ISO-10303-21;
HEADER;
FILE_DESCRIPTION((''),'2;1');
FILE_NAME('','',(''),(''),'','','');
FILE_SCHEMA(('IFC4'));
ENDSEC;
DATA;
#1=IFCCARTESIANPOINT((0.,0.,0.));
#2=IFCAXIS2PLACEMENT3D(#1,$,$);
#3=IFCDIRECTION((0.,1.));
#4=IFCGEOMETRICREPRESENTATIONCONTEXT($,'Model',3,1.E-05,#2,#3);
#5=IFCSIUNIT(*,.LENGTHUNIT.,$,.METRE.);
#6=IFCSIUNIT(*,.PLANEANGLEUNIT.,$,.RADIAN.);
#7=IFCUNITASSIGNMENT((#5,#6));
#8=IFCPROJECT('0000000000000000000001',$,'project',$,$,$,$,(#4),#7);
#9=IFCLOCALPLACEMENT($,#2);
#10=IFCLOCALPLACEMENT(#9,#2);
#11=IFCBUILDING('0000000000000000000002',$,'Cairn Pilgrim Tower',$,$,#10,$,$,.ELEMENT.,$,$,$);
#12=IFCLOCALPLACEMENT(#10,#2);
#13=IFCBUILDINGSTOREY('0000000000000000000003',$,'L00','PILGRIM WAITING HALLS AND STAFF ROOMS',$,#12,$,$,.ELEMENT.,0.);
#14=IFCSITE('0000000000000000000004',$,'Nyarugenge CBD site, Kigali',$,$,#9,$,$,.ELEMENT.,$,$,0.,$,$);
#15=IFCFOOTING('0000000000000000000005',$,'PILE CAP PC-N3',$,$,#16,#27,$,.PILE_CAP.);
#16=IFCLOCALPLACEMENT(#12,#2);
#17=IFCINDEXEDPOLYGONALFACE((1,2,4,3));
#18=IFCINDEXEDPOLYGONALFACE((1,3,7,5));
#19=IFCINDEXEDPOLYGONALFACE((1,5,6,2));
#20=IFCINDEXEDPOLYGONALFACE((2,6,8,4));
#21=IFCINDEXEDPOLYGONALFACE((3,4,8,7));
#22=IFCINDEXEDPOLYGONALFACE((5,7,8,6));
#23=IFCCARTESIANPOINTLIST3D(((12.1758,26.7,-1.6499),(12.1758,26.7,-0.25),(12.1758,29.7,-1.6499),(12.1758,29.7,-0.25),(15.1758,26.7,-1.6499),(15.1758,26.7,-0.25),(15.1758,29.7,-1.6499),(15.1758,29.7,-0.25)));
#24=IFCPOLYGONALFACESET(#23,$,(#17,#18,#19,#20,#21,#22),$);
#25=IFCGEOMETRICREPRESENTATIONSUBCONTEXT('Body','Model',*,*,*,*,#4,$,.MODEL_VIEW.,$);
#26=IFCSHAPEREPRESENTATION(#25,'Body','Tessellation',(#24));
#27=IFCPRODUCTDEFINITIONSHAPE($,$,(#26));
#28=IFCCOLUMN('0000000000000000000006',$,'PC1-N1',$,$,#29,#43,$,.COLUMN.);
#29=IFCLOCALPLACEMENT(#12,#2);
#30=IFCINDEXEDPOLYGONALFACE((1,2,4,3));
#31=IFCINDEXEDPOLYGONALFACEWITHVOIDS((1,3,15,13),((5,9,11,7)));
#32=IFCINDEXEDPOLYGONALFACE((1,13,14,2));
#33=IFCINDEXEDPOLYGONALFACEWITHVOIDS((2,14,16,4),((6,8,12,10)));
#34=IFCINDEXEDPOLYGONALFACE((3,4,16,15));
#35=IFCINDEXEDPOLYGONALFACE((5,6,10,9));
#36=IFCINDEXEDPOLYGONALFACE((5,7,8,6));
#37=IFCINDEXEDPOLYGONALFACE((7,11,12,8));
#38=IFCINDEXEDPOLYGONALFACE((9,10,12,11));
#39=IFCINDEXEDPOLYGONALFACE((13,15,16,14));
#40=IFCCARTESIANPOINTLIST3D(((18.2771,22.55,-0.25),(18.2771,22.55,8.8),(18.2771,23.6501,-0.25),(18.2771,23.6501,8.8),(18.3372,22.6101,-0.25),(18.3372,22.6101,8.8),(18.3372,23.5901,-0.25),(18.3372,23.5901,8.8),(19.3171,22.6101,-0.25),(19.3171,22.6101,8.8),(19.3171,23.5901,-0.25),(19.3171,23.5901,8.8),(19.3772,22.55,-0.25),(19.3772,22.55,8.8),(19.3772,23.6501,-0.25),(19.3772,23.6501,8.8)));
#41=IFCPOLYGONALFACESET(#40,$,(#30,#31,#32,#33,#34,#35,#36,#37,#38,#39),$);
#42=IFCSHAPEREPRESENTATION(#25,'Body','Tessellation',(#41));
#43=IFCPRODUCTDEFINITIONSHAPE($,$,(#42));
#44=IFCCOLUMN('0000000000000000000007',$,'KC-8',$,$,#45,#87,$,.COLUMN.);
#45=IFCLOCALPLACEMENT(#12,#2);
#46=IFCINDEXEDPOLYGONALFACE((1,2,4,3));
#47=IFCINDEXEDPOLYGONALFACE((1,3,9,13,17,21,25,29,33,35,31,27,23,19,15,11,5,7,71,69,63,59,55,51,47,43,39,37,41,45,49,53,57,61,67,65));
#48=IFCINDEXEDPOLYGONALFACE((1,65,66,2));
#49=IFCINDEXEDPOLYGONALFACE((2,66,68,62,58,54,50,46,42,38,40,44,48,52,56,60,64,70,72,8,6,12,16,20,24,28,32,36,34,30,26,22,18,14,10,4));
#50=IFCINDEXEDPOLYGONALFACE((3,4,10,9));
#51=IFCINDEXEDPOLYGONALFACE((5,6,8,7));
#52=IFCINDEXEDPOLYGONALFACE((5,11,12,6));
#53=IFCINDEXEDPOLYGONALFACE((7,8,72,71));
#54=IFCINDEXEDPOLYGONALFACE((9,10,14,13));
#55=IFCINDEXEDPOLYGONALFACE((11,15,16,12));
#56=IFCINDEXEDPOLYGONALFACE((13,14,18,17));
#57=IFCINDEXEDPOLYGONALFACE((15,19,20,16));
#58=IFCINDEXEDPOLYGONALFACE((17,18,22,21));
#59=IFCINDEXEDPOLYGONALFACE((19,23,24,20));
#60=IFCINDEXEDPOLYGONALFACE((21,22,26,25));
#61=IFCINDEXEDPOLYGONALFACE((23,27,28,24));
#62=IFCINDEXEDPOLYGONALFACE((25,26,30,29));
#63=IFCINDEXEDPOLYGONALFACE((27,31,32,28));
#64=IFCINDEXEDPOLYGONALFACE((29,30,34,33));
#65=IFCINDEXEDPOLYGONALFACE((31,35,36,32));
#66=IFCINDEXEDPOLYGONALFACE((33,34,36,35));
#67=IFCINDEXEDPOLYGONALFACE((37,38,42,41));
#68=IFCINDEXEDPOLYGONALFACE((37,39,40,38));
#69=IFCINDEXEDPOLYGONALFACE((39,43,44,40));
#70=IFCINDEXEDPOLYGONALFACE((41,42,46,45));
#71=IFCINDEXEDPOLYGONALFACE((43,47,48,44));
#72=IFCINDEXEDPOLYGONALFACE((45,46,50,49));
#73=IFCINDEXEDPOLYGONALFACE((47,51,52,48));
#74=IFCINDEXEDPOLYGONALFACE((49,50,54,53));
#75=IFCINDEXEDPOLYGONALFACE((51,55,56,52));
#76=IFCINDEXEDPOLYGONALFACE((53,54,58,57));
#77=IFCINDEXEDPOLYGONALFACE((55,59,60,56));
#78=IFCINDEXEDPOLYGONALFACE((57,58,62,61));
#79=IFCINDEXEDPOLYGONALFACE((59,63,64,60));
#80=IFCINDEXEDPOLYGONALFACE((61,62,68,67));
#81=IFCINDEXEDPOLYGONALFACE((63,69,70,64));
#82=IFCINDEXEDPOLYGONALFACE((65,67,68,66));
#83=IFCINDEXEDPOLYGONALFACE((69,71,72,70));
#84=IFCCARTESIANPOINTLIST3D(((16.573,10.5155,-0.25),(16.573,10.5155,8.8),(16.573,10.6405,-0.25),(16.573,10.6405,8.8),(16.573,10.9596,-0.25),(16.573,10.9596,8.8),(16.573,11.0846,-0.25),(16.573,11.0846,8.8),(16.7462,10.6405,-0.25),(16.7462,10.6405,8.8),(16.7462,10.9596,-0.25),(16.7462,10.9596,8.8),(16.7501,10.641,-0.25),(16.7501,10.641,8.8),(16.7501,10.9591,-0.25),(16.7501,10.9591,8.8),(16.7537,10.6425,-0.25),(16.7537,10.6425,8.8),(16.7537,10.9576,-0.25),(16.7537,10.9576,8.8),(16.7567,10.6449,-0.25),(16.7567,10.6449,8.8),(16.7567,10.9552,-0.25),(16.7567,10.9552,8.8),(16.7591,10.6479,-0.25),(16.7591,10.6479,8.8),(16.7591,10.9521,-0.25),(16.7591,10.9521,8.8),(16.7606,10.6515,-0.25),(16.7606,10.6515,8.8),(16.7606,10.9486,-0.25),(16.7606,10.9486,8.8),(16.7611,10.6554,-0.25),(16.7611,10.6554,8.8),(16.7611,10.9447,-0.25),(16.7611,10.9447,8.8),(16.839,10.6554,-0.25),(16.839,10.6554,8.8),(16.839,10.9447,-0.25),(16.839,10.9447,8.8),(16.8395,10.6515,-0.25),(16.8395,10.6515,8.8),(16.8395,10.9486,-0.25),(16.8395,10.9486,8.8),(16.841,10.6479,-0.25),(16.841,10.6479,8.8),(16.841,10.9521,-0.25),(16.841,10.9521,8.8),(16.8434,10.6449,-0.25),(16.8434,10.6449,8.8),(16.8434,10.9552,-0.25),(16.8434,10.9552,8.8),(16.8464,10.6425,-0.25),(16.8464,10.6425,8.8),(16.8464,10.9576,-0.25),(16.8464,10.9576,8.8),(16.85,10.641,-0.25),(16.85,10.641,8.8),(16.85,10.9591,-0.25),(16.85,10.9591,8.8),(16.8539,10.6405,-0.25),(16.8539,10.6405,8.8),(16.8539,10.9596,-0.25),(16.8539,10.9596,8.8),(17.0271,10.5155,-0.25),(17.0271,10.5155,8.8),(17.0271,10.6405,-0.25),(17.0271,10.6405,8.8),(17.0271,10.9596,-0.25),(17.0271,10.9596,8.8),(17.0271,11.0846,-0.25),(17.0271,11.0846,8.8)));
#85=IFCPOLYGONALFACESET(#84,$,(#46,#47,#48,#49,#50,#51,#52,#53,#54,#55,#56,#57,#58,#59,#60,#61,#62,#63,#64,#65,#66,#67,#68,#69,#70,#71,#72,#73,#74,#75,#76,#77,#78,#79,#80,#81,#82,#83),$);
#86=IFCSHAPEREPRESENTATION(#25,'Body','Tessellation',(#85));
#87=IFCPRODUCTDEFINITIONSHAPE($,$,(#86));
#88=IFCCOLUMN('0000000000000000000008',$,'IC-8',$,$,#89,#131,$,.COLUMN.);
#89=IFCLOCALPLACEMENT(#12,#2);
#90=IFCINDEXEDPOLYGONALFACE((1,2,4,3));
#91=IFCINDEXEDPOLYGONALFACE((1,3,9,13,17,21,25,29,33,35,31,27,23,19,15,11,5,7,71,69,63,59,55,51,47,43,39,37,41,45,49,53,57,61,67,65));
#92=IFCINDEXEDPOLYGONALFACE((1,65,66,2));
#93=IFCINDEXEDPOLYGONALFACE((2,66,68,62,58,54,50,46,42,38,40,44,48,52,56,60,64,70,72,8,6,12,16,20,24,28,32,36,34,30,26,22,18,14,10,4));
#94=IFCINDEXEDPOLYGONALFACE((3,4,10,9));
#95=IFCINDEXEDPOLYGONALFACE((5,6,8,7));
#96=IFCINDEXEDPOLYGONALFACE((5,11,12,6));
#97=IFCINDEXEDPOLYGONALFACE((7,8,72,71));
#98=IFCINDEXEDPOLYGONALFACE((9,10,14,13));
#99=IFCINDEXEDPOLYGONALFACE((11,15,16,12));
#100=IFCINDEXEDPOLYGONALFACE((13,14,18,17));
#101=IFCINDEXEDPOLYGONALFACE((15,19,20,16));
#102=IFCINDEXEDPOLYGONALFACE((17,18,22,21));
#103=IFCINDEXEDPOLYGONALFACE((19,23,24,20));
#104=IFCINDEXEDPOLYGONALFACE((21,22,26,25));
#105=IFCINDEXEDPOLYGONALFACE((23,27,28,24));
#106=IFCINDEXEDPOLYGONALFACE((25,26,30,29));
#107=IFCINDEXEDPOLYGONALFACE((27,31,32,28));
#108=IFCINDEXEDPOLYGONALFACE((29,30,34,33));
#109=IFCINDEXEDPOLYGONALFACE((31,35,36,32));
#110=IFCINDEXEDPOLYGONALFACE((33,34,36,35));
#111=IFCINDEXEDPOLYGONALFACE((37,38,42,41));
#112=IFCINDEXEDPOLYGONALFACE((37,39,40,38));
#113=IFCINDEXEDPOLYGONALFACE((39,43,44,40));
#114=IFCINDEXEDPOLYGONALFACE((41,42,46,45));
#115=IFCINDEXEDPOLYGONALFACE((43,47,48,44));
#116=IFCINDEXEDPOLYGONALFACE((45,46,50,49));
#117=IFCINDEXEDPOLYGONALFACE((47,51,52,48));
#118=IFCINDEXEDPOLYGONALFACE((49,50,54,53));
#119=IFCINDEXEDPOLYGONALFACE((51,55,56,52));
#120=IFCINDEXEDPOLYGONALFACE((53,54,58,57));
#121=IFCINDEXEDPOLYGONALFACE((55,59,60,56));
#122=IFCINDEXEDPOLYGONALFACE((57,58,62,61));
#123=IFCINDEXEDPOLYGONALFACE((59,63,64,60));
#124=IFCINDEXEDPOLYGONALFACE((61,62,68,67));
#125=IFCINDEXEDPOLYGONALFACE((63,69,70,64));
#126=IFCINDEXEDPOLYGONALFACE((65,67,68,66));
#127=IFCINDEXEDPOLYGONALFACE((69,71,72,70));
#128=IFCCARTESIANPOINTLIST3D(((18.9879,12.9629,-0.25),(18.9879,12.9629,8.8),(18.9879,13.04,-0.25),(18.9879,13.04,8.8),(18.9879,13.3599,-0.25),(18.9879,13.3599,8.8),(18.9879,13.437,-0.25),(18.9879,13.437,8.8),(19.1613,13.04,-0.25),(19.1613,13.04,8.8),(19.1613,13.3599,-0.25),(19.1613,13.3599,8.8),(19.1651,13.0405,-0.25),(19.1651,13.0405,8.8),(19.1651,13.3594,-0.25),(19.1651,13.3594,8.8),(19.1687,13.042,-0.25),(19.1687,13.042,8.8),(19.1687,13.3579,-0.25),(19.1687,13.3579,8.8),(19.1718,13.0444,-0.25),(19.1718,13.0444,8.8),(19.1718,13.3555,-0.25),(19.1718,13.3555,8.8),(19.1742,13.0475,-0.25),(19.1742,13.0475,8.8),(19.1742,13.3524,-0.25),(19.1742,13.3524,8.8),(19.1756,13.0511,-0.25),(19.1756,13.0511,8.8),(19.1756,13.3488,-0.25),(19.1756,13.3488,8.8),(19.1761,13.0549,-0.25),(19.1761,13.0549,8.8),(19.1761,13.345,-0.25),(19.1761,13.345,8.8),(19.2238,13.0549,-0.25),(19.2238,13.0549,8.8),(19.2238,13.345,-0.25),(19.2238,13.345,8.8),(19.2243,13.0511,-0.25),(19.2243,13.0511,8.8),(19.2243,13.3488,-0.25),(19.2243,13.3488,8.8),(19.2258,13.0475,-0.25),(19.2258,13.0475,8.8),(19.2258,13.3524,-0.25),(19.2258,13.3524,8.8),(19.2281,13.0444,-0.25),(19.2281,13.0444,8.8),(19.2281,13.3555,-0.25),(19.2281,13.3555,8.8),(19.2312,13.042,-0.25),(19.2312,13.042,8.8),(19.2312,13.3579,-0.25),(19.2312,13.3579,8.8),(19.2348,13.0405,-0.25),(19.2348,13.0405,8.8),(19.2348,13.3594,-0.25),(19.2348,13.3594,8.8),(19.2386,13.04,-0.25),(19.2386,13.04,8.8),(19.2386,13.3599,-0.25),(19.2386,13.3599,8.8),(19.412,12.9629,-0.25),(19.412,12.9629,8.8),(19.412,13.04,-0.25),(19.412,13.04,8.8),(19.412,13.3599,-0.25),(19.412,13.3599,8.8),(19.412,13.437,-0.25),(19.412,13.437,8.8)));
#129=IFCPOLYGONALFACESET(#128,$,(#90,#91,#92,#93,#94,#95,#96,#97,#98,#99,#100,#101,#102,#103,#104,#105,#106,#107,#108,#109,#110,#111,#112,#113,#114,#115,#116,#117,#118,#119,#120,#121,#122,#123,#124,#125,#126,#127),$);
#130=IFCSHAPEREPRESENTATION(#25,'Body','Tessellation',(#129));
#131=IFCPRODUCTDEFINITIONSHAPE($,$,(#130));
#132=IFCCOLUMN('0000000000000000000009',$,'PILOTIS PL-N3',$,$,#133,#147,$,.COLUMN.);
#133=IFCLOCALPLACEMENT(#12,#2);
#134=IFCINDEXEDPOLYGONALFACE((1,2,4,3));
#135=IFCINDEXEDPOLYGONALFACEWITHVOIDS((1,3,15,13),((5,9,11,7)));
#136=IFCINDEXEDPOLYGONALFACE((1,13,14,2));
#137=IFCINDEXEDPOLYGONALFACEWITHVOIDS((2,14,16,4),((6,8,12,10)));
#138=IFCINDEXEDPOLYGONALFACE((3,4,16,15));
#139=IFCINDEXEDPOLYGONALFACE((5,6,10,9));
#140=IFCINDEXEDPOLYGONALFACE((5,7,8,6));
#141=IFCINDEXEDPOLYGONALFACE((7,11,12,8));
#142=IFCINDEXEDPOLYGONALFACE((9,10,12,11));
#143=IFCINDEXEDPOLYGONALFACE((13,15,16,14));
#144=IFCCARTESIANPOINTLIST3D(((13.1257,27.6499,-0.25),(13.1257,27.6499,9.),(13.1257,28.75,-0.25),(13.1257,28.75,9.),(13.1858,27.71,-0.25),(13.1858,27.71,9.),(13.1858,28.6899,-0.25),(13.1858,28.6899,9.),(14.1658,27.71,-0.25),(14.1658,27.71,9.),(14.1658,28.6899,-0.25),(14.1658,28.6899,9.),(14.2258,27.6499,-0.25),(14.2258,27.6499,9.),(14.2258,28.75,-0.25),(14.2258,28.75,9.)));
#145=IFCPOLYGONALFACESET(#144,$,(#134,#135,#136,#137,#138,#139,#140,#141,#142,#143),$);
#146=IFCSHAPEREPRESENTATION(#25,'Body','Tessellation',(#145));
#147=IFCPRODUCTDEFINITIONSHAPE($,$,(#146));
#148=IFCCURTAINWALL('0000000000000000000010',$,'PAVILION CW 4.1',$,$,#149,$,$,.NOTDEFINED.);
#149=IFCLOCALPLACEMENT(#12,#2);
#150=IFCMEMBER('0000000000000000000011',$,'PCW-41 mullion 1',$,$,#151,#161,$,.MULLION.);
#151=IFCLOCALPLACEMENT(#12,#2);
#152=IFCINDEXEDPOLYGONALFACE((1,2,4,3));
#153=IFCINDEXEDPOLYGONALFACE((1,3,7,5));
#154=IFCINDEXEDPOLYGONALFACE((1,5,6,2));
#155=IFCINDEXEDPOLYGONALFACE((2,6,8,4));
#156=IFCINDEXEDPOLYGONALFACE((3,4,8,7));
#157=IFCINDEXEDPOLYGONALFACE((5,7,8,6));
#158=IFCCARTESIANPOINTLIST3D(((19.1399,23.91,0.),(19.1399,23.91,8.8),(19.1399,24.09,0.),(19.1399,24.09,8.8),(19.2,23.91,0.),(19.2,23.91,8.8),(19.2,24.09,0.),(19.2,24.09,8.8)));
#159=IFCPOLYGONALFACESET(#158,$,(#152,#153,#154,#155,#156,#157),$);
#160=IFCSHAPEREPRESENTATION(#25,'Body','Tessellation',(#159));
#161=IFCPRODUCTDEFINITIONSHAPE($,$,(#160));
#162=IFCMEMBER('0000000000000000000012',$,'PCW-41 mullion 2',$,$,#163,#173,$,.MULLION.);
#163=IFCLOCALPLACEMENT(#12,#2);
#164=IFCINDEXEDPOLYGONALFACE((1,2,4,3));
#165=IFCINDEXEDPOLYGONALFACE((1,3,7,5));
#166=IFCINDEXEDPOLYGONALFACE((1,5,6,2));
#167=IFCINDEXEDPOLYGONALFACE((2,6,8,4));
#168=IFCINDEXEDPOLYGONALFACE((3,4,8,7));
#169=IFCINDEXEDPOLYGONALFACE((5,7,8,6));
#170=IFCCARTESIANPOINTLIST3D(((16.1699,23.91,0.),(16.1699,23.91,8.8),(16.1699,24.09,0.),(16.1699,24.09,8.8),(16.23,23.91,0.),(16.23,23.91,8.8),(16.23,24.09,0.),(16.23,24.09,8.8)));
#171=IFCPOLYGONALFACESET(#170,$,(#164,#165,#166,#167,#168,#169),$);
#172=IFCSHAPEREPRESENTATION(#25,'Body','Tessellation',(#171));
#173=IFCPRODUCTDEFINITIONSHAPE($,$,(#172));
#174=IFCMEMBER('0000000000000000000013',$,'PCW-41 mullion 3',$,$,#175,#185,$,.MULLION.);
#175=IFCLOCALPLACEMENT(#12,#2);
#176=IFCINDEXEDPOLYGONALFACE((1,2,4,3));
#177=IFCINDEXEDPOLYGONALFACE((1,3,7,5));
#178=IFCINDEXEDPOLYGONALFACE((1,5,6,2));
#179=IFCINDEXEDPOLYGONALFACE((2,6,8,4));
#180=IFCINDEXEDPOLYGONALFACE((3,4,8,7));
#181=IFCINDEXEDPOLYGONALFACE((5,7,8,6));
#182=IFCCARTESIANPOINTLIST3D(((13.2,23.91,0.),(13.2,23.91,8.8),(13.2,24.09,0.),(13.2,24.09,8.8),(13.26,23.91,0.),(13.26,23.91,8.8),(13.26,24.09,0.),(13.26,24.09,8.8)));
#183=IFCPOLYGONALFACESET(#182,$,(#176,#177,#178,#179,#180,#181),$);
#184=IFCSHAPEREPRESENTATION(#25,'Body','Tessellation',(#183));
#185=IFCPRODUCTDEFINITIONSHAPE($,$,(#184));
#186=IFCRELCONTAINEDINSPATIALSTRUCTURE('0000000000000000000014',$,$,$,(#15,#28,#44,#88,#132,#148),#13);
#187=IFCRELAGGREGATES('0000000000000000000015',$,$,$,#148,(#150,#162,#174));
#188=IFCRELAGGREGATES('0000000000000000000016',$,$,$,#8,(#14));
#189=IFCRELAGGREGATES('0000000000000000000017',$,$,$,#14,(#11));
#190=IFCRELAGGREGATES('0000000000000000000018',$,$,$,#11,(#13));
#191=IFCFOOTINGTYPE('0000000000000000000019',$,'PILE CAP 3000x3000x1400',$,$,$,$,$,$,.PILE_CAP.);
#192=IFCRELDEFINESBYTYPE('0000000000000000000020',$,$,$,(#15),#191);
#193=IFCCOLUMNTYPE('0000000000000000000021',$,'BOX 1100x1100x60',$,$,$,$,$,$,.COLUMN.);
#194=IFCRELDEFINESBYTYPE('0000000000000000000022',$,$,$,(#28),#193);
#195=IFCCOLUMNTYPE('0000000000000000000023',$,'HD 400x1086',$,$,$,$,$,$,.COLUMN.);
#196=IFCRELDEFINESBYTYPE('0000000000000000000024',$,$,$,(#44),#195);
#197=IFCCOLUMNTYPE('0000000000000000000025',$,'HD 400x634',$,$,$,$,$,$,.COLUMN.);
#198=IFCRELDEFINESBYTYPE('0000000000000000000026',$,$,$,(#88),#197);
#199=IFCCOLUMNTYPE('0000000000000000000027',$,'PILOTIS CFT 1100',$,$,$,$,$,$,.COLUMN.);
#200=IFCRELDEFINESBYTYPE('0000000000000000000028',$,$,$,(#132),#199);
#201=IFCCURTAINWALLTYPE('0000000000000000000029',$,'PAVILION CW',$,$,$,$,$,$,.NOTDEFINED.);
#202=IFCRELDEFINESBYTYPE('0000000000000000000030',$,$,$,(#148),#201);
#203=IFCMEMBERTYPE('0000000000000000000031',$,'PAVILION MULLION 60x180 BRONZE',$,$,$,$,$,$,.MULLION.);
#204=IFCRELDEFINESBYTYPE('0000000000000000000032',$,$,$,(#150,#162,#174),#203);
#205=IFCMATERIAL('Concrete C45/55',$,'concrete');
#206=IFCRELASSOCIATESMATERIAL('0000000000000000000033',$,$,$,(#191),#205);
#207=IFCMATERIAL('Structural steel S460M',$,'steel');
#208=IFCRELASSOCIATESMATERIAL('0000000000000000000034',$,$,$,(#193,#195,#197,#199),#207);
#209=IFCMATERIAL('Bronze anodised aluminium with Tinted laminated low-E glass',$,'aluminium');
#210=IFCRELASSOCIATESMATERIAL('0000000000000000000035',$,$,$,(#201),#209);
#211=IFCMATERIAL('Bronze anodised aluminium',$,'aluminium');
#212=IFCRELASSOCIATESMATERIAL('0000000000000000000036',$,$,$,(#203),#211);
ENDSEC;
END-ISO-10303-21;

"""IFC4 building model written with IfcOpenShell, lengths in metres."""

from ifc_helpers import new_model, si_unit, direction, frame, origin, origin_2d, place, context, subcontext, project, spatial, rectangle, hollow_rectangle, i_section, extrude, material, material_profile, profile_set, type_object, element, aggregate, save


model = new_model("IFC4")

# Units and contexts
model_context = context("Model", 3, precision=1e-05, world=origin(), true_north=direction((0.0, 1.0)))
body_context = subcontext(model_context, "Body", "Model", "MODEL_VIEW")
ifc_project = project(units=[si_unit("LENGTHUNIT", "METRE"), si_unit("PLANEANGLEUNIT", "RADIAN")], contexts=[model_context])

# Site, building, storey
site_placement = place(None, origin())
site = spatial("IfcSite", under=ifc_project, at=site_placement, Name="Nyarugenge CBD site, Kigali", CompositionType="ELEMENT", RefElevation=0.0)
building_placement = place(site_placement, origin())
building = spatial("IfcBuilding", under=site, at=building_placement, Name="Cairn Pilgrim Tower", CompositionType="ELEMENT")
storey_placement = place(building_placement, origin())
storey = spatial("IfcBuildingStorey", under=building, at=storey_placement, Name="L00", Description="PILGRIM WAITING HALLS AND STAFF ROOMS", CompositionType="ELEMENT", Elevation=0.0)

# Footing
ifc_material_1 = material(Name="Concrete C45/55", Category="concrete")
footing_type_1 = type_object("IfcFootingType", Name="PILE CAP 3000x3000x1400", PredefinedType="PILE_CAP", material=ifc_material_1)
footing_1_placement = place(storey_placement, frame((13.6758, 28.2, -1.6499), z_axis=(0.0, 0.0, 1.0), x_axis=(1.0, 0.0, 0.0)))
element("IfcFooting", 1, at=footing_1_placement, inside=storey, type_object=footing_type_1, Name="PILE CAP PC-N3", PredefinedType="PILE_CAP", context=body_context, shape_type="SweptSolid", body=[
    extrude(rectangle(XDim=3.0, YDim=3.0, at=origin_2d()), origin(), (0.0, 0.0, 1.0), 1.3999),
])

# Columns
ifc_material_2 = material(Name="Structural steel S460M", Category="steel")
ifc_material_profile_1 = material_profile(ifc_material_2, hollow_rectangle(XDim=1.1001, YDim=1.1001, WallThickness=0.0601, at=origin_2d()), Name="BOX 1100x1100x60")
ifc_profile_set_1 = profile_set([ifc_material_profile_1], Name="Structural steel S460M")
column_type_1 = type_object("IfcColumnType", Name="BOX 1100x1100x60", PredefinedType="COLUMN", material=ifc_profile_set_1)
column_1_placement = place(storey_placement, frame((18.8271, 23.1001, -0.25), z_axis=(0.0, 0.0, 1.0), x_axis=(1.0, 0.0, 0.0)))
element("IfcColumn", 2, at=column_1_placement, inside=storey, type_object=column_type_1, Name="PC1-N1", PredefinedType="COLUMN", context=body_context, shape_type="SweptSolid", body=[
    extrude(hollow_rectangle(XDim=1.1001, YDim=1.1001, WallThickness=0.0601, at=origin_2d()), origin(), (0.0, 0.0, 1.0), 9.05),
])
ifc_material_profile_2 = material_profile(ifc_material_2, i_section(OverallWidth=0.4541, OverallDepth=0.5691, WebThickness=0.0779, FlangeThickness=0.125, FilletRadius=0.0149, at=origin_2d()), Name="HD 400x1086")
ifc_profile_set_2 = profile_set([ifc_material_profile_2], Name="Structural steel S460M")
column_type_2 = type_object("IfcColumnType", Name="HD 400x1086", PredefinedType="COLUMN", material=ifc_profile_set_2)
column_2_placement = place(storey_placement, frame((16.8, 10.8, -0.25), z_axis=(0.0, 0.0, 1.0), x_axis=(1.0, 0.0, 0.0)))
element("IfcColumn", 3, at=column_2_placement, inside=storey, type_object=column_type_2, Name="KC-8", PredefinedType="COLUMN", context=body_context, shape_type="SweptSolid", body=[
    extrude(i_section(OverallWidth=0.4541, OverallDepth=0.5691, WebThickness=0.0779, FlangeThickness=0.125, FilletRadius=0.0149, at=origin_2d()), origin(), (0.0, 0.0, 1.0), 9.05),
])
ifc_material_profile_3 = material_profile(ifc_material_2, i_section(OverallWidth=0.4241, OverallDepth=0.4741, WebThickness=0.0476, FlangeThickness=0.0771, FilletRadius=0.0149, at=origin_2d()), Name="HD 400x634")
ifc_profile_set_3 = profile_set([ifc_material_profile_3], Name="Structural steel S460M")
column_type_3 = type_object("IfcColumnType", Name="HD 400x634", PredefinedType="COLUMN", material=ifc_profile_set_3)
column_3_placement = place(storey_placement, frame((19.2, 13.2, -0.25), z_axis=(0.0, 0.0, 1.0), x_axis=(1.0, 0.0, 0.0)))
element("IfcColumn", 4, at=column_3_placement, inside=storey, type_object=column_type_3, Name="IC-8", PredefinedType="COLUMN", context=body_context, shape_type="SweptSolid", body=[
    extrude(i_section(OverallWidth=0.4241, OverallDepth=0.4741, WebThickness=0.0476, FlangeThickness=0.0771, FilletRadius=0.0149, at=origin_2d()), origin(), (0.0, 0.0, 1.0), 9.05),
])
ifc_material_profile_4 = material_profile(ifc_material_2, hollow_rectangle(XDim=1.1001, YDim=1.1001, WallThickness=0.0601, at=origin_2d()), Name="BOX 1100x1100x60")
ifc_profile_set_4 = profile_set([ifc_material_profile_4], Name="Structural steel S460M")
column_type_4 = type_object("IfcColumnType", Name="PILOTIS CFT 1100", PredefinedType="COLUMN", material=ifc_profile_set_4)
column_4_placement = place(storey_placement, frame((13.6758, 28.2, -0.25), z_axis=(0.0, 0.0, 1.0), x_axis=(1.0, 0.0, 0.0)))
element("IfcColumn", 5, at=column_4_placement, inside=storey, type_object=column_type_4, Name="PILOTIS PL-N3", PredefinedType="COLUMN", context=body_context, shape_type="SweptSolid", body=[
    extrude(hollow_rectangle(XDim=1.1001, YDim=1.1001, WallThickness=0.0601, at=origin_2d()), origin(), (0.0, 0.0, 1.0), 9.25),
])

# Curtain wall, members
ifc_material_3 = material(Name="Bronze anodised aluminium with Tinted laminated low-E glass", Category="aluminium")
curtain_wall_type = type_object("IfcCurtainWallType", Name="PAVILION CW", PredefinedType="NOTDEFINED", material=ifc_material_3)
curtain_wall_placement = place(storey_placement, origin())
curtain_wall = element("IfcCurtainWall", 6, at=curtain_wall_placement, inside=storey, type_object=curtain_wall_type, Name="PAVILION CW 4.1", PredefinedType="NOTDEFINED")
ifc_material_4 = material(Name="Bronze anodised aluminium", Category="aluminium")
ifc_material_profile_5 = material_profile(ifc_material_4, rectangle(XDim=0.1799, YDim=0.0601, at=origin_2d()), Name="PAVILION MULLION 60x180 BRONZE")
ifc_profile_set_5 = profile_set([ifc_material_profile_5], Name="Bronze anodised aluminium")
member_type_1 = type_object("IfcMemberType", Name="PAVILION MULLION 60x180 BRONZE", PredefinedType="MULLION", material=ifc_profile_set_5)
member_1_placement = place(storey_placement, frame((19.1699, 24.0, 0.0), z_axis=(0.0, 0.0, 1.0), x_axis=(0.0, -1.0, 0.0)))
member_1 = element("IfcMember", 7, at=member_1_placement, type_object=member_type_1, Name="PCW-41 mullion 1", PredefinedType="MULLION", context=body_context, shape_type="SweptSolid", body=[
    extrude(rectangle(XDim=0.1799, YDim=0.0601, at=origin_2d()), origin(), (0.0, 0.0, 1.0), 8.8),
])
member_2_placement = place(storey_placement, frame((16.2, 24.0, 0.0), z_axis=(0.0, 0.0, 1.0), x_axis=(0.0, -1.0, 0.0)))
member_2 = element("IfcMember", 8, at=member_2_placement, type_object=member_type_1, Name="PCW-41 mullion 2", PredefinedType="MULLION", context=body_context, shape_type="SweptSolid", body=[
    extrude(rectangle(XDim=0.1799, YDim=0.0601, at=origin_2d()), origin(), (0.0, 0.0, 1.0), 8.8),
])
member_3_placement = place(storey_placement, frame((13.23, 24.0, 0.0), z_axis=(0.0, 0.0, 1.0), x_axis=(0.0, -1.0, 0.0)))
member_3 = element("IfcMember", 9, at=member_3_placement, type_object=member_type_1, Name="PCW-41 mullion 3", PredefinedType="MULLION", context=body_context, shape_type="SweptSolid", body=[
    extrude(rectangle(XDim=0.1799, YDim=0.0601, at=origin_2d()), origin(), (0.0, 0.0, 1.0), 8.8),
])
aggregate(curtain_wall, [member_1, member_2, member_3])

save(model, "model.ifc")
